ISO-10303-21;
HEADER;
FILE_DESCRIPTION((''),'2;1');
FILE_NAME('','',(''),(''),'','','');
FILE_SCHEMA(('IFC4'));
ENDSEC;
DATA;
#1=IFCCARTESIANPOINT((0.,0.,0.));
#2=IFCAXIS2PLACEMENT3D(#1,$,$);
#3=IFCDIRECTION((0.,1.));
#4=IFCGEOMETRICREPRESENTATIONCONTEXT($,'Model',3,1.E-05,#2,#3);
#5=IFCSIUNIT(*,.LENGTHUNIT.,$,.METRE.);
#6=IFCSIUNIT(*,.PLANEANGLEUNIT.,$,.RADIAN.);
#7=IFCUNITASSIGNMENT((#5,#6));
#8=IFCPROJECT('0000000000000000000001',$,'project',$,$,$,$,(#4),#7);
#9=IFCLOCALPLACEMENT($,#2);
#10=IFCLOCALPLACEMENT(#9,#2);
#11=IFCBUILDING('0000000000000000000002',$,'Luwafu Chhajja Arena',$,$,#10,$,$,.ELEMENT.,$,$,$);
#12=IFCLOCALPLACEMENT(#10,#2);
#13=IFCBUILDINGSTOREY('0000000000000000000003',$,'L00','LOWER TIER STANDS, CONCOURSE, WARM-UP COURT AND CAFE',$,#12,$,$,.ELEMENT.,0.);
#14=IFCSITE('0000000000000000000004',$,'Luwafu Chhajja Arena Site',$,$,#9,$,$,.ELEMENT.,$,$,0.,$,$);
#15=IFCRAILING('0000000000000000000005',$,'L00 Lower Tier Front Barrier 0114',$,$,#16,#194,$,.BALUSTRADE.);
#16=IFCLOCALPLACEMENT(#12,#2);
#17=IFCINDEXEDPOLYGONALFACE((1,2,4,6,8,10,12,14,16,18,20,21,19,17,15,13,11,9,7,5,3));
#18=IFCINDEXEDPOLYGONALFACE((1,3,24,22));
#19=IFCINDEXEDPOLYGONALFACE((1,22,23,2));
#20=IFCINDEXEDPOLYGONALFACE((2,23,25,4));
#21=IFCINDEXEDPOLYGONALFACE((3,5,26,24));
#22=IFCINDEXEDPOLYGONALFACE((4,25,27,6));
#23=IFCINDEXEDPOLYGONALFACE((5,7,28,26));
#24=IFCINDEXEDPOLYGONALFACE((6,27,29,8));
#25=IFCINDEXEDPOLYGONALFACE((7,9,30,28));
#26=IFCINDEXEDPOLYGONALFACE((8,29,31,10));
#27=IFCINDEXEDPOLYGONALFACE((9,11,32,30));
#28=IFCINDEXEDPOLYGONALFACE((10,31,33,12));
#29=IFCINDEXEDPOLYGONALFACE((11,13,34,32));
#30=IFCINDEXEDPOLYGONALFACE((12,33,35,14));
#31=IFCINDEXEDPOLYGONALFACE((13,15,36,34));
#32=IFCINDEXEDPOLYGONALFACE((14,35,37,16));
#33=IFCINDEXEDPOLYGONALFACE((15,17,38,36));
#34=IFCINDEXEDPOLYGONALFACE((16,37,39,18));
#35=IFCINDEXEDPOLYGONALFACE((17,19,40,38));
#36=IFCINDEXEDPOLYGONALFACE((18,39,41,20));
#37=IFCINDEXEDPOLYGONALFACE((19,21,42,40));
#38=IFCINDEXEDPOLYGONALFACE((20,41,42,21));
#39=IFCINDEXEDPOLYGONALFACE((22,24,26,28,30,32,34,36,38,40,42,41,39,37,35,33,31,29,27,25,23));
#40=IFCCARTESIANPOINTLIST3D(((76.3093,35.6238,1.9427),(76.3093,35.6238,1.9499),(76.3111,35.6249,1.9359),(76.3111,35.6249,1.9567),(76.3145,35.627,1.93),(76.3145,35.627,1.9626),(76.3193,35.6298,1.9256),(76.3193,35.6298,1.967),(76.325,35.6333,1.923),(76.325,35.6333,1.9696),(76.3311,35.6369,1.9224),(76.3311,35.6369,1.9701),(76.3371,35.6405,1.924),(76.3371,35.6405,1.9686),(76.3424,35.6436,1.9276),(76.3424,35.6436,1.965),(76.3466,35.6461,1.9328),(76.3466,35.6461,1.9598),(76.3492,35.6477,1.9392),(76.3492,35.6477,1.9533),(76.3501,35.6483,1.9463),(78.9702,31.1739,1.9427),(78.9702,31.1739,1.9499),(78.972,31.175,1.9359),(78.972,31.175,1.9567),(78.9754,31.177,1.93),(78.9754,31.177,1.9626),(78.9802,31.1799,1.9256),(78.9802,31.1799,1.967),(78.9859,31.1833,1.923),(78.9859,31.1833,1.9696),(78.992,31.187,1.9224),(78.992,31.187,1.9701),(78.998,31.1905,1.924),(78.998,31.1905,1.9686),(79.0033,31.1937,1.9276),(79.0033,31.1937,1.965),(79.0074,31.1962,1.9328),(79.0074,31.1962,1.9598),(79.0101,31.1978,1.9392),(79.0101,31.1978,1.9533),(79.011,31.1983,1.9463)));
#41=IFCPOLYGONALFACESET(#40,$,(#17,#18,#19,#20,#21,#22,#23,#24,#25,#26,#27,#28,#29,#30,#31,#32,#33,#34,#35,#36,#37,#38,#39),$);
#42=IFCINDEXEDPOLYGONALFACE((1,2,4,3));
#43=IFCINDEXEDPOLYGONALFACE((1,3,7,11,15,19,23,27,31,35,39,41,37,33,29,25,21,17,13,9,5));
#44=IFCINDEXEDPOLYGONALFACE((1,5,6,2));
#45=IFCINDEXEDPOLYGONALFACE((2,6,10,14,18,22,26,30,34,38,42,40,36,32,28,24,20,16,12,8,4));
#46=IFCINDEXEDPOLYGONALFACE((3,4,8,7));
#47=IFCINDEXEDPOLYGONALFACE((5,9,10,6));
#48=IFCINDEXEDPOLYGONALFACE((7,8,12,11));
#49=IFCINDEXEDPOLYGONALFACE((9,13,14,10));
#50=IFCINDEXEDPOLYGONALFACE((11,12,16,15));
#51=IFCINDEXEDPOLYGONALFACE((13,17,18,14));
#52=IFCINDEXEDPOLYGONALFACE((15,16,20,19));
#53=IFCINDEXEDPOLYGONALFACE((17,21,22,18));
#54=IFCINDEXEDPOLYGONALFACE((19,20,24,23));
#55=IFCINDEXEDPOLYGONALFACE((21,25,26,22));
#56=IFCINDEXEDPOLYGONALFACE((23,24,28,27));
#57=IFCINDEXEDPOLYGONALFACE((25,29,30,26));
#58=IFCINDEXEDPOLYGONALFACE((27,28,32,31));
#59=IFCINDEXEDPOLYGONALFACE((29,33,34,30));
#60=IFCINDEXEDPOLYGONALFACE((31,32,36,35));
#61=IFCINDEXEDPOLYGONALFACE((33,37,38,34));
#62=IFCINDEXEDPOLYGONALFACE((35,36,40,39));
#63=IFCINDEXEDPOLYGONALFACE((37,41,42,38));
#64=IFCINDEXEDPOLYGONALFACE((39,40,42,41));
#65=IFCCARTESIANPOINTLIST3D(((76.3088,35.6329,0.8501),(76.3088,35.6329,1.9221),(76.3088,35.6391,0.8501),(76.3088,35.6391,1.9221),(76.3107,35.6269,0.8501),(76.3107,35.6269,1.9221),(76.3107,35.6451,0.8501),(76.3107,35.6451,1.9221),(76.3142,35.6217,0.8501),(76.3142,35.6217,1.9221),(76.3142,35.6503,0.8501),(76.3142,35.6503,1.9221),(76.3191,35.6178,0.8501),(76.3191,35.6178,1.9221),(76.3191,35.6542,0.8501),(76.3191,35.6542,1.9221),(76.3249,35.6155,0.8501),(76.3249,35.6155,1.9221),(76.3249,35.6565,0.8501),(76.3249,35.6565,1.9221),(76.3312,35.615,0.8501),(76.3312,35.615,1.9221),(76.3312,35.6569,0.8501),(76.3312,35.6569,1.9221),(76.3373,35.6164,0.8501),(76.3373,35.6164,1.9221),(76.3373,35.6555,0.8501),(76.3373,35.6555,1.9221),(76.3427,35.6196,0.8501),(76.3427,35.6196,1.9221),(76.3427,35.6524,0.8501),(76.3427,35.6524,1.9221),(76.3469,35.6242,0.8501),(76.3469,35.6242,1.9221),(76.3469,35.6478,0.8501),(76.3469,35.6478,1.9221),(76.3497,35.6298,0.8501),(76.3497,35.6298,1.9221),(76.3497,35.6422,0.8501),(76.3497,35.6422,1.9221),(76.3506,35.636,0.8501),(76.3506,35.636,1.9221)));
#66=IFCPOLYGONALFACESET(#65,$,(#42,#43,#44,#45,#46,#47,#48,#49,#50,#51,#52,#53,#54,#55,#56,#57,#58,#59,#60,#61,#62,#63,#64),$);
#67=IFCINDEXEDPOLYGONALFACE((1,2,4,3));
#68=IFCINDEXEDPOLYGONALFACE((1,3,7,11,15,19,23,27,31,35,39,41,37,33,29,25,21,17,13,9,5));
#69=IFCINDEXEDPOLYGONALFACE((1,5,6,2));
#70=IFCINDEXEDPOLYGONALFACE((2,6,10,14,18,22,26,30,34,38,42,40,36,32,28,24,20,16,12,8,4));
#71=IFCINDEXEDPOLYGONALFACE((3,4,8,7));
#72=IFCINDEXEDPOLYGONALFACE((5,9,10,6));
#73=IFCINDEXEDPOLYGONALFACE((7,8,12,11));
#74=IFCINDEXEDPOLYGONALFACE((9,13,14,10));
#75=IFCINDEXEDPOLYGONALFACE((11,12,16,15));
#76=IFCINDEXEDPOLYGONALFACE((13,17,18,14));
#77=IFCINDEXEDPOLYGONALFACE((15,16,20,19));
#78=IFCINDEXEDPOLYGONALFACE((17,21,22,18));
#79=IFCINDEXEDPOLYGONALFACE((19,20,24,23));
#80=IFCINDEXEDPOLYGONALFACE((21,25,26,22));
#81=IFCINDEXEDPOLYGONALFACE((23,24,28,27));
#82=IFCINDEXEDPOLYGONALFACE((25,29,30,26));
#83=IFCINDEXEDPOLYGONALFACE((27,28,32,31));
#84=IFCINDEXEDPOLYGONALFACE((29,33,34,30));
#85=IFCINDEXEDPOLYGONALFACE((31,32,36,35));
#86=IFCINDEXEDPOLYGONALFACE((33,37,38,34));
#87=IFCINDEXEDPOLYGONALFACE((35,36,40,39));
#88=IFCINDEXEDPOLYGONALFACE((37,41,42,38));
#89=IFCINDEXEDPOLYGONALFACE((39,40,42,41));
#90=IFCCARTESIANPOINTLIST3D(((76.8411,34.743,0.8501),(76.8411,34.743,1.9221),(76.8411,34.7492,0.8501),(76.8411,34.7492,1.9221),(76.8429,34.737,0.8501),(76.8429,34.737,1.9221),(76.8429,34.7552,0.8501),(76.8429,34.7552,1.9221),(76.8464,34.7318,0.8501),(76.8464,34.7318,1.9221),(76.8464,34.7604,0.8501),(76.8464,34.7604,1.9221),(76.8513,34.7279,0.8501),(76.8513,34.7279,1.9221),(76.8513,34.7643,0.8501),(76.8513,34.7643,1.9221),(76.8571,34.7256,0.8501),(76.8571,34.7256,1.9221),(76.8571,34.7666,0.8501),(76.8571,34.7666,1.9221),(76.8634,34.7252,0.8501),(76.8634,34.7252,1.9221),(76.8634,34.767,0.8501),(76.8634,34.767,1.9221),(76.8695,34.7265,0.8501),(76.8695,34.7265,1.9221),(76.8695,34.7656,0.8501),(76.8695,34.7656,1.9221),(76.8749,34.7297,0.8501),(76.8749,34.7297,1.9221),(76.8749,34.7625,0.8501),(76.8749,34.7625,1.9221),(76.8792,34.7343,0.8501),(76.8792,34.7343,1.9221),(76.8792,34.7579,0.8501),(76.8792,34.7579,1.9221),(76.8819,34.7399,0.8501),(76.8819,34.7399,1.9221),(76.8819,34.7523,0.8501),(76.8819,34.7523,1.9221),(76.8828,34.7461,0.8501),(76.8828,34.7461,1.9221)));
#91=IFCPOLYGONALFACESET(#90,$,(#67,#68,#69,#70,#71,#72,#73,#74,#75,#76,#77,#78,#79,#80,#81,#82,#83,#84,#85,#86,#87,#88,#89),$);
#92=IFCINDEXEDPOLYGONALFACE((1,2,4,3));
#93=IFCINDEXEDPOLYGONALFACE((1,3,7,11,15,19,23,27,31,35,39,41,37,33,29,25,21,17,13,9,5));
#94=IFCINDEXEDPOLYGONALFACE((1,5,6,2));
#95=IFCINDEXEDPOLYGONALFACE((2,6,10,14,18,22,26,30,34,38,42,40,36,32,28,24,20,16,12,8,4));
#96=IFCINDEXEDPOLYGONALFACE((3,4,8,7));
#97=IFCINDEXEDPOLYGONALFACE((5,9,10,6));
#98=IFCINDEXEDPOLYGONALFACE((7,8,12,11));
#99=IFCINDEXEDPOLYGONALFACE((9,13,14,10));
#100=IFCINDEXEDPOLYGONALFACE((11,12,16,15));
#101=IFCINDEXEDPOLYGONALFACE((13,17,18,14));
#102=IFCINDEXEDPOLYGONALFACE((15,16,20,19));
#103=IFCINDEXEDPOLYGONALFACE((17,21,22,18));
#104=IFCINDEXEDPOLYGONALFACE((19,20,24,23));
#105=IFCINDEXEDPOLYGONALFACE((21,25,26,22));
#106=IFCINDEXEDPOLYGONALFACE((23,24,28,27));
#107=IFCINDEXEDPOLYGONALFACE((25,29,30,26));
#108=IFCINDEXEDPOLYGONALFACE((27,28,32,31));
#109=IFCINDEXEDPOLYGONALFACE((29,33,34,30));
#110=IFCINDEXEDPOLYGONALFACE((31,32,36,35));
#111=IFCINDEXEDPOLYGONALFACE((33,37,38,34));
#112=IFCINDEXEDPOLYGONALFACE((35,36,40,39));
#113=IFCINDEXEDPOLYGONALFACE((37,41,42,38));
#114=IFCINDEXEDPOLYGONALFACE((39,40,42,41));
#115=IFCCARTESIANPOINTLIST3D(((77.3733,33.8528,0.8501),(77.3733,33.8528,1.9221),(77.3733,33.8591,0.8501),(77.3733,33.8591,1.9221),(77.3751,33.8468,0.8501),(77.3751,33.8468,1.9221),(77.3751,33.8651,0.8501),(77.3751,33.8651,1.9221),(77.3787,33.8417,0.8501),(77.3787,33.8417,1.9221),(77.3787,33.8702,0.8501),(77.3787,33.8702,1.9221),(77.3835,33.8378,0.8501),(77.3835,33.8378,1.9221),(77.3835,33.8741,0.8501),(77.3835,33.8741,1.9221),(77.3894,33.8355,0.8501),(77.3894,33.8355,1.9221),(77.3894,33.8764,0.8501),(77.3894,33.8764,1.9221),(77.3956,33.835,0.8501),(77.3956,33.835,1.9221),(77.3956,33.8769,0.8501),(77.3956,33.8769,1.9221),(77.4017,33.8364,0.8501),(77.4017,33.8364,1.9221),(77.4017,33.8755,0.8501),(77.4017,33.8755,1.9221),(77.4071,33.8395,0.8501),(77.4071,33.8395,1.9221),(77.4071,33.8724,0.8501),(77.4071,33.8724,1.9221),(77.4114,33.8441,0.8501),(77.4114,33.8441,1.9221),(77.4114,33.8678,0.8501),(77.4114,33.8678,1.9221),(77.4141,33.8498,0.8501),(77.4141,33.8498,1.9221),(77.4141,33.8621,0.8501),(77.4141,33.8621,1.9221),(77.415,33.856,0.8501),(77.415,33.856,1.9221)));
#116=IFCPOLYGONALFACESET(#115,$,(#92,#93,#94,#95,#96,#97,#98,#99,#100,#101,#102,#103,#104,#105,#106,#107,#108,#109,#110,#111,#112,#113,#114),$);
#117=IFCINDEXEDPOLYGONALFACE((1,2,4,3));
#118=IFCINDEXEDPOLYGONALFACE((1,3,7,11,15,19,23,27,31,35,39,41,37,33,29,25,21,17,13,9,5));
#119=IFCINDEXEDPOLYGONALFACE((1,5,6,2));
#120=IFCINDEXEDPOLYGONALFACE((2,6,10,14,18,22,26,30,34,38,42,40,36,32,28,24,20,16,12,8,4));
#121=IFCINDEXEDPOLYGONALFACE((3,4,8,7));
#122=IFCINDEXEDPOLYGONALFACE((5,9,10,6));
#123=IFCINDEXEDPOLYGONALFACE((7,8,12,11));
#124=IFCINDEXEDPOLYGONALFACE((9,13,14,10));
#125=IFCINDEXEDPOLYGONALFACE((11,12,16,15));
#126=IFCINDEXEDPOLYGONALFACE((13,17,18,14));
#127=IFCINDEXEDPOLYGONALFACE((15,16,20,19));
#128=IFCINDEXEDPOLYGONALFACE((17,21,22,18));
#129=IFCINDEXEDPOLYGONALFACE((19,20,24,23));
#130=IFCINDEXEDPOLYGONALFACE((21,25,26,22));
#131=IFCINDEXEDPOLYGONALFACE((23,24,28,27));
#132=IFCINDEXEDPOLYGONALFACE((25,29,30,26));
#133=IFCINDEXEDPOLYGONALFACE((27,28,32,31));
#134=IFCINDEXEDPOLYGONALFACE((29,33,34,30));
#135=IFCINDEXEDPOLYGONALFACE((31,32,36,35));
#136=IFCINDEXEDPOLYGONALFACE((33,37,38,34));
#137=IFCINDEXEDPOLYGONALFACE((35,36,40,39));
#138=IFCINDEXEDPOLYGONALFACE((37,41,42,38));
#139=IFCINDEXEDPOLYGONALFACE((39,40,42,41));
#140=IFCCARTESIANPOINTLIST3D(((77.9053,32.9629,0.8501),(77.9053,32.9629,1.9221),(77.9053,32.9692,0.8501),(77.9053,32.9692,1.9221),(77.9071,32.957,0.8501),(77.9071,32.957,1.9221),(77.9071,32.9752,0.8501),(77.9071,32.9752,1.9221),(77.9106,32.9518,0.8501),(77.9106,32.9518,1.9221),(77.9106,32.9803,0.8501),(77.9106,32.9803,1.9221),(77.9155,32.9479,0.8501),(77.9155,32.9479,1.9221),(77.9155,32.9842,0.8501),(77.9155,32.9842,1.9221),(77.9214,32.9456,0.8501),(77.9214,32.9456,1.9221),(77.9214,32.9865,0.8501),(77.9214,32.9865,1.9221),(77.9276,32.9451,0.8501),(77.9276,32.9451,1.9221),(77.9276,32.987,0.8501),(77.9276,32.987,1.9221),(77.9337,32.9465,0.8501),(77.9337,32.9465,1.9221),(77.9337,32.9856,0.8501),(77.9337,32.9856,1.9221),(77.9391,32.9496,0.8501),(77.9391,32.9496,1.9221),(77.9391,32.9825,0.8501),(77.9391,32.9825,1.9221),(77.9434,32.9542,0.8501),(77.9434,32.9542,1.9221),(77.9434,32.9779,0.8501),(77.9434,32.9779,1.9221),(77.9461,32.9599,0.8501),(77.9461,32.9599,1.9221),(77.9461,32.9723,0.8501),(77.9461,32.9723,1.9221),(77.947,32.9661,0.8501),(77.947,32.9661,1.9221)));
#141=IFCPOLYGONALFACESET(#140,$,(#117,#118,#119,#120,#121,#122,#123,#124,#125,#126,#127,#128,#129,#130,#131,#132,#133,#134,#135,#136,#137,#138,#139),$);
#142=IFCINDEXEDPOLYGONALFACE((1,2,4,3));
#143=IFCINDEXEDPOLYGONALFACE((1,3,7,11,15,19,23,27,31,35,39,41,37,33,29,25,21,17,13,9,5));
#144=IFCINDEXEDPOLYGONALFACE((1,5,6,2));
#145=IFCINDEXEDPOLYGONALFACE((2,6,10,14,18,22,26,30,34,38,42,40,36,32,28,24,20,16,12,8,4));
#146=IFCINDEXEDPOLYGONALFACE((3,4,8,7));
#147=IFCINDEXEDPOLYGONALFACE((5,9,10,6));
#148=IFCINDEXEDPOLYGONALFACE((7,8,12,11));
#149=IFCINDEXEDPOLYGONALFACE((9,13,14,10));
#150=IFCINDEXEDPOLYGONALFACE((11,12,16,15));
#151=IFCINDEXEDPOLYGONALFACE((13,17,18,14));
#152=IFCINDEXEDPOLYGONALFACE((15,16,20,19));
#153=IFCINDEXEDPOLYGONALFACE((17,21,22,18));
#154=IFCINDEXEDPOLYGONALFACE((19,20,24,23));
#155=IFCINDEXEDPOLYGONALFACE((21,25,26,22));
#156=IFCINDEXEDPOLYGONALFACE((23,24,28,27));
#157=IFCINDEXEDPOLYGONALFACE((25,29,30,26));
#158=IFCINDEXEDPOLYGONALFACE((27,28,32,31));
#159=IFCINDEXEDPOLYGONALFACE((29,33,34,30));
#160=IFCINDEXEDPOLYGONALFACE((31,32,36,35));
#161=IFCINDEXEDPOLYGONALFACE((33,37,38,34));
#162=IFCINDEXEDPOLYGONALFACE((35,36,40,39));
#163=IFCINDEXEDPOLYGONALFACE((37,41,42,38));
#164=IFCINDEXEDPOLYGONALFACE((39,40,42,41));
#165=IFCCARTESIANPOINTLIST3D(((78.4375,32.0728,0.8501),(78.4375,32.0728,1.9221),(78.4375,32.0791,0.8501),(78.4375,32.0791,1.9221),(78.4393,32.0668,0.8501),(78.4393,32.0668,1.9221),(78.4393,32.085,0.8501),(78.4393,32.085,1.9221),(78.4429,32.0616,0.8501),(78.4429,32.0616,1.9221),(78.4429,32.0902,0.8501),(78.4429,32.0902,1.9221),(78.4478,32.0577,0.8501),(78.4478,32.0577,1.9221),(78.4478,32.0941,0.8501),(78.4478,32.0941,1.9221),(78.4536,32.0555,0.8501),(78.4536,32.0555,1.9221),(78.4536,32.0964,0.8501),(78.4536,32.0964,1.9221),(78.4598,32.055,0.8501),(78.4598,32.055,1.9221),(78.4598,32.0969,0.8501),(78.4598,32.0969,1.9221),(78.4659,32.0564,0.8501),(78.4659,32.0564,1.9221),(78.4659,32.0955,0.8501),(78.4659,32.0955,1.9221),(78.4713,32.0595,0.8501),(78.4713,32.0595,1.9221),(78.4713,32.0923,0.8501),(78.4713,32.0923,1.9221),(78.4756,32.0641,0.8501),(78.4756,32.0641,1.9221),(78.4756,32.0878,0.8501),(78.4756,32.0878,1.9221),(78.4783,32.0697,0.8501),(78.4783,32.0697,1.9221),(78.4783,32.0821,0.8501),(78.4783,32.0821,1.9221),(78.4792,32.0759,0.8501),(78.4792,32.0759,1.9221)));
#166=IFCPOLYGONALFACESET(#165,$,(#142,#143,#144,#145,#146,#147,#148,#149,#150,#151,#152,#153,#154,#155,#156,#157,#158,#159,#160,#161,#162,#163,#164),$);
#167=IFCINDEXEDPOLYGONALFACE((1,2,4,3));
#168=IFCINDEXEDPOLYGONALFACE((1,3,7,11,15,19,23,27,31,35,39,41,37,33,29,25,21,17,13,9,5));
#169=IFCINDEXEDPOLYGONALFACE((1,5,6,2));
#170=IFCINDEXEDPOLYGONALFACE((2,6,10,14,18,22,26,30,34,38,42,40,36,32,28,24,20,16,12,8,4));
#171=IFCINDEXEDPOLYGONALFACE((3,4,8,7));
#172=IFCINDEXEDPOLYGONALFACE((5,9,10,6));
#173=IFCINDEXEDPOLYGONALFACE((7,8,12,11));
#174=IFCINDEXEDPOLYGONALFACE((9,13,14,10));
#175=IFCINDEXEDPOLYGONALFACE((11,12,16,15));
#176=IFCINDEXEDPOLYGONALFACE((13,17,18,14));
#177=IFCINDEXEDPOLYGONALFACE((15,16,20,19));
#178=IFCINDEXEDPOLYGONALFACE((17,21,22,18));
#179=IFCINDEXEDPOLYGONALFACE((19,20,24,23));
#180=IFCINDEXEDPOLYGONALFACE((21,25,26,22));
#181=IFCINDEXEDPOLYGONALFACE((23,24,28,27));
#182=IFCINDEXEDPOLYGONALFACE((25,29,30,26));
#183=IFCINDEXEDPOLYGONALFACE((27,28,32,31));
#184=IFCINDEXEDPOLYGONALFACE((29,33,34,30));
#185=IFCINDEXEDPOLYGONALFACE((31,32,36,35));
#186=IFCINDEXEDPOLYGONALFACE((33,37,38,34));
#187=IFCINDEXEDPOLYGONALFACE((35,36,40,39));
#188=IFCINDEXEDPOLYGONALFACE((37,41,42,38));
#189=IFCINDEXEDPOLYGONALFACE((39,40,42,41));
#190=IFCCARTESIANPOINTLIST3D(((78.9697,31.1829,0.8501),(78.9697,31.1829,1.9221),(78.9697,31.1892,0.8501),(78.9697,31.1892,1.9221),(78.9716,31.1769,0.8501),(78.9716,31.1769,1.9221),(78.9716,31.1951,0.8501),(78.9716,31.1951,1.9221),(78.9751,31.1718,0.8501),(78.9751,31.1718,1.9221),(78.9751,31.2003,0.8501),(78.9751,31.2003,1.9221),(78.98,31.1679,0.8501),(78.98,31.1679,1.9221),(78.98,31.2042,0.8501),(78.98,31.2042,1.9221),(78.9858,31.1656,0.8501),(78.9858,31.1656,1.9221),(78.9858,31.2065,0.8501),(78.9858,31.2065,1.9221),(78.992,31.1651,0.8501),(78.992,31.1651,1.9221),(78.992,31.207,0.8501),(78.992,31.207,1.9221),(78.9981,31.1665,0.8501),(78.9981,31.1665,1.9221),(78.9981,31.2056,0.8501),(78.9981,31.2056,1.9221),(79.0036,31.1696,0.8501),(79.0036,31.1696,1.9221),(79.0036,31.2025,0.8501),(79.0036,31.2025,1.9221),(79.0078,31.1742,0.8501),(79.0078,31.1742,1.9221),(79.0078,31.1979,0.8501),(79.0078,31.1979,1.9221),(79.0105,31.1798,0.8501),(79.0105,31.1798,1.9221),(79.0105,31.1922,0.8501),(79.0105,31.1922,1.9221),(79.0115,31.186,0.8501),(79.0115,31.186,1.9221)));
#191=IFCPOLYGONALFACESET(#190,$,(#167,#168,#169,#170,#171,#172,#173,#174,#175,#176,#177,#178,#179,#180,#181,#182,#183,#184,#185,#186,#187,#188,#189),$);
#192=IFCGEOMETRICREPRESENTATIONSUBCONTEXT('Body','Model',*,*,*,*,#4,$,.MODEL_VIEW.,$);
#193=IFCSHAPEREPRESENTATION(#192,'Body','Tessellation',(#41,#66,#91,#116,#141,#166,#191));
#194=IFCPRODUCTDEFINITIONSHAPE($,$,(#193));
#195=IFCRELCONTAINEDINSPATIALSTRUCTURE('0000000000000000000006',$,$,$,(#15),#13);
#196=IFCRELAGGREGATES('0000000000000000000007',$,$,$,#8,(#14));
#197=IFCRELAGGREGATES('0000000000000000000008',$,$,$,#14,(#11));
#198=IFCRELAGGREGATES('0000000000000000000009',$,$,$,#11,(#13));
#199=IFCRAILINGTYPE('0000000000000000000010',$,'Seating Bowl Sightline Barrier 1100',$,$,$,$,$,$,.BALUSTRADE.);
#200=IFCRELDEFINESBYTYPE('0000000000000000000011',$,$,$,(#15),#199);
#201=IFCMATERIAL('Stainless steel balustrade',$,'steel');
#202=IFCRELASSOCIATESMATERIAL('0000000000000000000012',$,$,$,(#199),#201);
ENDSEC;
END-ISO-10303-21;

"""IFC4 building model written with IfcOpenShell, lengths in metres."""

from ifc_helpers import new_model, si_unit, direction, frame, origin, origin_2d, place, context, subcontext, project, spatial, circle, extrude, material, type_object, element, save


model = new_model("IFC4")

# Units and contexts
model_context = context("Model", 3, precision=1e-05, world=origin(), true_north=direction((0.0, 1.0)))
body_context = subcontext(model_context, "Body", "Model", "MODEL_VIEW")
ifc_project = project(units=[si_unit("LENGTHUNIT", "METRE"), si_unit("PLANEANGLEUNIT", "RADIAN")], contexts=[model_context])

# Site, building, storey
site_placement = place(None, origin())
site = spatial("IfcSite", under=ifc_project, at=site_placement, Name="Luwafu Chhajja Arena Site", CompositionType="ELEMENT", RefElevation=0.0)
building_placement = place(site_placement, origin())
building = spatial("IfcBuilding", under=site, at=building_placement, Name="Luwafu Chhajja Arena", CompositionType="ELEMENT")
storey_placement = place(building_placement, origin())
storey = spatial("IfcBuildingStorey", under=building, at=storey_placement, Name="L00", Description="LOWER TIER STANDS, CONCOURSE, WARM-UP COURT AND CAFE", CompositionType="ELEMENT", Elevation=0.0)

# Railing
ifc_material_1 = material(Name="Stainless steel balustrade", Category="steel")
railing_type = type_object("IfcRailingType", Name="Seating Bowl Sightline Barrier 1100", PredefinedType="BALUSTRADE", material=ifc_material_1)
railing_1_placement = place(storey_placement, frame((76.3296, 35.636, 0.8501)))
element("IfcRailing", 1, at=railing_1_placement, inside=storey, type_object=railing_type, Name="L00 Lower Tier Front Barrier 0114", PredefinedType="BALUSTRADE", context=body_context, shape_type="SweptSolid", body=[
    extrude(circle(Radius=0.0239, at=origin_2d()), frame((0.0, 0.0, 1.0962), z_axis=(0.513207, -0.858265, 0.0), x_axis=(0.858265, 0.513207, 0.0)), (0.0, 0.0, 1.0), 5.1848),
    extrude(circle(Radius=0.021, at=origin_2d()), origin(), (0.0, 0.0, 1.0), 1.072),
    extrude(circle(Radius=0.021, at=origin_2d()), frame((0.5322, -0.8899, 0.0)), (0.0, 0.0, 1.0), 1.072),
    extrude(circle(Radius=0.021, at=origin_2d()), frame((1.0645, -1.78, 0.0)), (0.0, 0.0, 1.0), 1.072),
    extrude(circle(Radius=0.021, at=origin_2d()), frame((1.5964, -2.6699, 0.0)), (0.0, 0.0, 1.0), 1.072),
    extrude(circle(Radius=0.021, at=origin_2d()), frame((2.1287, -3.5601, 0.0)), (0.0, 0.0, 1.0), 1.072),
    extrude(circle(Radius=0.021, at=origin_2d()), frame((2.6609, -4.45, 0.0)), (0.0, 0.0, 1.0), 1.072),
])

save(model, "model.ifc")
